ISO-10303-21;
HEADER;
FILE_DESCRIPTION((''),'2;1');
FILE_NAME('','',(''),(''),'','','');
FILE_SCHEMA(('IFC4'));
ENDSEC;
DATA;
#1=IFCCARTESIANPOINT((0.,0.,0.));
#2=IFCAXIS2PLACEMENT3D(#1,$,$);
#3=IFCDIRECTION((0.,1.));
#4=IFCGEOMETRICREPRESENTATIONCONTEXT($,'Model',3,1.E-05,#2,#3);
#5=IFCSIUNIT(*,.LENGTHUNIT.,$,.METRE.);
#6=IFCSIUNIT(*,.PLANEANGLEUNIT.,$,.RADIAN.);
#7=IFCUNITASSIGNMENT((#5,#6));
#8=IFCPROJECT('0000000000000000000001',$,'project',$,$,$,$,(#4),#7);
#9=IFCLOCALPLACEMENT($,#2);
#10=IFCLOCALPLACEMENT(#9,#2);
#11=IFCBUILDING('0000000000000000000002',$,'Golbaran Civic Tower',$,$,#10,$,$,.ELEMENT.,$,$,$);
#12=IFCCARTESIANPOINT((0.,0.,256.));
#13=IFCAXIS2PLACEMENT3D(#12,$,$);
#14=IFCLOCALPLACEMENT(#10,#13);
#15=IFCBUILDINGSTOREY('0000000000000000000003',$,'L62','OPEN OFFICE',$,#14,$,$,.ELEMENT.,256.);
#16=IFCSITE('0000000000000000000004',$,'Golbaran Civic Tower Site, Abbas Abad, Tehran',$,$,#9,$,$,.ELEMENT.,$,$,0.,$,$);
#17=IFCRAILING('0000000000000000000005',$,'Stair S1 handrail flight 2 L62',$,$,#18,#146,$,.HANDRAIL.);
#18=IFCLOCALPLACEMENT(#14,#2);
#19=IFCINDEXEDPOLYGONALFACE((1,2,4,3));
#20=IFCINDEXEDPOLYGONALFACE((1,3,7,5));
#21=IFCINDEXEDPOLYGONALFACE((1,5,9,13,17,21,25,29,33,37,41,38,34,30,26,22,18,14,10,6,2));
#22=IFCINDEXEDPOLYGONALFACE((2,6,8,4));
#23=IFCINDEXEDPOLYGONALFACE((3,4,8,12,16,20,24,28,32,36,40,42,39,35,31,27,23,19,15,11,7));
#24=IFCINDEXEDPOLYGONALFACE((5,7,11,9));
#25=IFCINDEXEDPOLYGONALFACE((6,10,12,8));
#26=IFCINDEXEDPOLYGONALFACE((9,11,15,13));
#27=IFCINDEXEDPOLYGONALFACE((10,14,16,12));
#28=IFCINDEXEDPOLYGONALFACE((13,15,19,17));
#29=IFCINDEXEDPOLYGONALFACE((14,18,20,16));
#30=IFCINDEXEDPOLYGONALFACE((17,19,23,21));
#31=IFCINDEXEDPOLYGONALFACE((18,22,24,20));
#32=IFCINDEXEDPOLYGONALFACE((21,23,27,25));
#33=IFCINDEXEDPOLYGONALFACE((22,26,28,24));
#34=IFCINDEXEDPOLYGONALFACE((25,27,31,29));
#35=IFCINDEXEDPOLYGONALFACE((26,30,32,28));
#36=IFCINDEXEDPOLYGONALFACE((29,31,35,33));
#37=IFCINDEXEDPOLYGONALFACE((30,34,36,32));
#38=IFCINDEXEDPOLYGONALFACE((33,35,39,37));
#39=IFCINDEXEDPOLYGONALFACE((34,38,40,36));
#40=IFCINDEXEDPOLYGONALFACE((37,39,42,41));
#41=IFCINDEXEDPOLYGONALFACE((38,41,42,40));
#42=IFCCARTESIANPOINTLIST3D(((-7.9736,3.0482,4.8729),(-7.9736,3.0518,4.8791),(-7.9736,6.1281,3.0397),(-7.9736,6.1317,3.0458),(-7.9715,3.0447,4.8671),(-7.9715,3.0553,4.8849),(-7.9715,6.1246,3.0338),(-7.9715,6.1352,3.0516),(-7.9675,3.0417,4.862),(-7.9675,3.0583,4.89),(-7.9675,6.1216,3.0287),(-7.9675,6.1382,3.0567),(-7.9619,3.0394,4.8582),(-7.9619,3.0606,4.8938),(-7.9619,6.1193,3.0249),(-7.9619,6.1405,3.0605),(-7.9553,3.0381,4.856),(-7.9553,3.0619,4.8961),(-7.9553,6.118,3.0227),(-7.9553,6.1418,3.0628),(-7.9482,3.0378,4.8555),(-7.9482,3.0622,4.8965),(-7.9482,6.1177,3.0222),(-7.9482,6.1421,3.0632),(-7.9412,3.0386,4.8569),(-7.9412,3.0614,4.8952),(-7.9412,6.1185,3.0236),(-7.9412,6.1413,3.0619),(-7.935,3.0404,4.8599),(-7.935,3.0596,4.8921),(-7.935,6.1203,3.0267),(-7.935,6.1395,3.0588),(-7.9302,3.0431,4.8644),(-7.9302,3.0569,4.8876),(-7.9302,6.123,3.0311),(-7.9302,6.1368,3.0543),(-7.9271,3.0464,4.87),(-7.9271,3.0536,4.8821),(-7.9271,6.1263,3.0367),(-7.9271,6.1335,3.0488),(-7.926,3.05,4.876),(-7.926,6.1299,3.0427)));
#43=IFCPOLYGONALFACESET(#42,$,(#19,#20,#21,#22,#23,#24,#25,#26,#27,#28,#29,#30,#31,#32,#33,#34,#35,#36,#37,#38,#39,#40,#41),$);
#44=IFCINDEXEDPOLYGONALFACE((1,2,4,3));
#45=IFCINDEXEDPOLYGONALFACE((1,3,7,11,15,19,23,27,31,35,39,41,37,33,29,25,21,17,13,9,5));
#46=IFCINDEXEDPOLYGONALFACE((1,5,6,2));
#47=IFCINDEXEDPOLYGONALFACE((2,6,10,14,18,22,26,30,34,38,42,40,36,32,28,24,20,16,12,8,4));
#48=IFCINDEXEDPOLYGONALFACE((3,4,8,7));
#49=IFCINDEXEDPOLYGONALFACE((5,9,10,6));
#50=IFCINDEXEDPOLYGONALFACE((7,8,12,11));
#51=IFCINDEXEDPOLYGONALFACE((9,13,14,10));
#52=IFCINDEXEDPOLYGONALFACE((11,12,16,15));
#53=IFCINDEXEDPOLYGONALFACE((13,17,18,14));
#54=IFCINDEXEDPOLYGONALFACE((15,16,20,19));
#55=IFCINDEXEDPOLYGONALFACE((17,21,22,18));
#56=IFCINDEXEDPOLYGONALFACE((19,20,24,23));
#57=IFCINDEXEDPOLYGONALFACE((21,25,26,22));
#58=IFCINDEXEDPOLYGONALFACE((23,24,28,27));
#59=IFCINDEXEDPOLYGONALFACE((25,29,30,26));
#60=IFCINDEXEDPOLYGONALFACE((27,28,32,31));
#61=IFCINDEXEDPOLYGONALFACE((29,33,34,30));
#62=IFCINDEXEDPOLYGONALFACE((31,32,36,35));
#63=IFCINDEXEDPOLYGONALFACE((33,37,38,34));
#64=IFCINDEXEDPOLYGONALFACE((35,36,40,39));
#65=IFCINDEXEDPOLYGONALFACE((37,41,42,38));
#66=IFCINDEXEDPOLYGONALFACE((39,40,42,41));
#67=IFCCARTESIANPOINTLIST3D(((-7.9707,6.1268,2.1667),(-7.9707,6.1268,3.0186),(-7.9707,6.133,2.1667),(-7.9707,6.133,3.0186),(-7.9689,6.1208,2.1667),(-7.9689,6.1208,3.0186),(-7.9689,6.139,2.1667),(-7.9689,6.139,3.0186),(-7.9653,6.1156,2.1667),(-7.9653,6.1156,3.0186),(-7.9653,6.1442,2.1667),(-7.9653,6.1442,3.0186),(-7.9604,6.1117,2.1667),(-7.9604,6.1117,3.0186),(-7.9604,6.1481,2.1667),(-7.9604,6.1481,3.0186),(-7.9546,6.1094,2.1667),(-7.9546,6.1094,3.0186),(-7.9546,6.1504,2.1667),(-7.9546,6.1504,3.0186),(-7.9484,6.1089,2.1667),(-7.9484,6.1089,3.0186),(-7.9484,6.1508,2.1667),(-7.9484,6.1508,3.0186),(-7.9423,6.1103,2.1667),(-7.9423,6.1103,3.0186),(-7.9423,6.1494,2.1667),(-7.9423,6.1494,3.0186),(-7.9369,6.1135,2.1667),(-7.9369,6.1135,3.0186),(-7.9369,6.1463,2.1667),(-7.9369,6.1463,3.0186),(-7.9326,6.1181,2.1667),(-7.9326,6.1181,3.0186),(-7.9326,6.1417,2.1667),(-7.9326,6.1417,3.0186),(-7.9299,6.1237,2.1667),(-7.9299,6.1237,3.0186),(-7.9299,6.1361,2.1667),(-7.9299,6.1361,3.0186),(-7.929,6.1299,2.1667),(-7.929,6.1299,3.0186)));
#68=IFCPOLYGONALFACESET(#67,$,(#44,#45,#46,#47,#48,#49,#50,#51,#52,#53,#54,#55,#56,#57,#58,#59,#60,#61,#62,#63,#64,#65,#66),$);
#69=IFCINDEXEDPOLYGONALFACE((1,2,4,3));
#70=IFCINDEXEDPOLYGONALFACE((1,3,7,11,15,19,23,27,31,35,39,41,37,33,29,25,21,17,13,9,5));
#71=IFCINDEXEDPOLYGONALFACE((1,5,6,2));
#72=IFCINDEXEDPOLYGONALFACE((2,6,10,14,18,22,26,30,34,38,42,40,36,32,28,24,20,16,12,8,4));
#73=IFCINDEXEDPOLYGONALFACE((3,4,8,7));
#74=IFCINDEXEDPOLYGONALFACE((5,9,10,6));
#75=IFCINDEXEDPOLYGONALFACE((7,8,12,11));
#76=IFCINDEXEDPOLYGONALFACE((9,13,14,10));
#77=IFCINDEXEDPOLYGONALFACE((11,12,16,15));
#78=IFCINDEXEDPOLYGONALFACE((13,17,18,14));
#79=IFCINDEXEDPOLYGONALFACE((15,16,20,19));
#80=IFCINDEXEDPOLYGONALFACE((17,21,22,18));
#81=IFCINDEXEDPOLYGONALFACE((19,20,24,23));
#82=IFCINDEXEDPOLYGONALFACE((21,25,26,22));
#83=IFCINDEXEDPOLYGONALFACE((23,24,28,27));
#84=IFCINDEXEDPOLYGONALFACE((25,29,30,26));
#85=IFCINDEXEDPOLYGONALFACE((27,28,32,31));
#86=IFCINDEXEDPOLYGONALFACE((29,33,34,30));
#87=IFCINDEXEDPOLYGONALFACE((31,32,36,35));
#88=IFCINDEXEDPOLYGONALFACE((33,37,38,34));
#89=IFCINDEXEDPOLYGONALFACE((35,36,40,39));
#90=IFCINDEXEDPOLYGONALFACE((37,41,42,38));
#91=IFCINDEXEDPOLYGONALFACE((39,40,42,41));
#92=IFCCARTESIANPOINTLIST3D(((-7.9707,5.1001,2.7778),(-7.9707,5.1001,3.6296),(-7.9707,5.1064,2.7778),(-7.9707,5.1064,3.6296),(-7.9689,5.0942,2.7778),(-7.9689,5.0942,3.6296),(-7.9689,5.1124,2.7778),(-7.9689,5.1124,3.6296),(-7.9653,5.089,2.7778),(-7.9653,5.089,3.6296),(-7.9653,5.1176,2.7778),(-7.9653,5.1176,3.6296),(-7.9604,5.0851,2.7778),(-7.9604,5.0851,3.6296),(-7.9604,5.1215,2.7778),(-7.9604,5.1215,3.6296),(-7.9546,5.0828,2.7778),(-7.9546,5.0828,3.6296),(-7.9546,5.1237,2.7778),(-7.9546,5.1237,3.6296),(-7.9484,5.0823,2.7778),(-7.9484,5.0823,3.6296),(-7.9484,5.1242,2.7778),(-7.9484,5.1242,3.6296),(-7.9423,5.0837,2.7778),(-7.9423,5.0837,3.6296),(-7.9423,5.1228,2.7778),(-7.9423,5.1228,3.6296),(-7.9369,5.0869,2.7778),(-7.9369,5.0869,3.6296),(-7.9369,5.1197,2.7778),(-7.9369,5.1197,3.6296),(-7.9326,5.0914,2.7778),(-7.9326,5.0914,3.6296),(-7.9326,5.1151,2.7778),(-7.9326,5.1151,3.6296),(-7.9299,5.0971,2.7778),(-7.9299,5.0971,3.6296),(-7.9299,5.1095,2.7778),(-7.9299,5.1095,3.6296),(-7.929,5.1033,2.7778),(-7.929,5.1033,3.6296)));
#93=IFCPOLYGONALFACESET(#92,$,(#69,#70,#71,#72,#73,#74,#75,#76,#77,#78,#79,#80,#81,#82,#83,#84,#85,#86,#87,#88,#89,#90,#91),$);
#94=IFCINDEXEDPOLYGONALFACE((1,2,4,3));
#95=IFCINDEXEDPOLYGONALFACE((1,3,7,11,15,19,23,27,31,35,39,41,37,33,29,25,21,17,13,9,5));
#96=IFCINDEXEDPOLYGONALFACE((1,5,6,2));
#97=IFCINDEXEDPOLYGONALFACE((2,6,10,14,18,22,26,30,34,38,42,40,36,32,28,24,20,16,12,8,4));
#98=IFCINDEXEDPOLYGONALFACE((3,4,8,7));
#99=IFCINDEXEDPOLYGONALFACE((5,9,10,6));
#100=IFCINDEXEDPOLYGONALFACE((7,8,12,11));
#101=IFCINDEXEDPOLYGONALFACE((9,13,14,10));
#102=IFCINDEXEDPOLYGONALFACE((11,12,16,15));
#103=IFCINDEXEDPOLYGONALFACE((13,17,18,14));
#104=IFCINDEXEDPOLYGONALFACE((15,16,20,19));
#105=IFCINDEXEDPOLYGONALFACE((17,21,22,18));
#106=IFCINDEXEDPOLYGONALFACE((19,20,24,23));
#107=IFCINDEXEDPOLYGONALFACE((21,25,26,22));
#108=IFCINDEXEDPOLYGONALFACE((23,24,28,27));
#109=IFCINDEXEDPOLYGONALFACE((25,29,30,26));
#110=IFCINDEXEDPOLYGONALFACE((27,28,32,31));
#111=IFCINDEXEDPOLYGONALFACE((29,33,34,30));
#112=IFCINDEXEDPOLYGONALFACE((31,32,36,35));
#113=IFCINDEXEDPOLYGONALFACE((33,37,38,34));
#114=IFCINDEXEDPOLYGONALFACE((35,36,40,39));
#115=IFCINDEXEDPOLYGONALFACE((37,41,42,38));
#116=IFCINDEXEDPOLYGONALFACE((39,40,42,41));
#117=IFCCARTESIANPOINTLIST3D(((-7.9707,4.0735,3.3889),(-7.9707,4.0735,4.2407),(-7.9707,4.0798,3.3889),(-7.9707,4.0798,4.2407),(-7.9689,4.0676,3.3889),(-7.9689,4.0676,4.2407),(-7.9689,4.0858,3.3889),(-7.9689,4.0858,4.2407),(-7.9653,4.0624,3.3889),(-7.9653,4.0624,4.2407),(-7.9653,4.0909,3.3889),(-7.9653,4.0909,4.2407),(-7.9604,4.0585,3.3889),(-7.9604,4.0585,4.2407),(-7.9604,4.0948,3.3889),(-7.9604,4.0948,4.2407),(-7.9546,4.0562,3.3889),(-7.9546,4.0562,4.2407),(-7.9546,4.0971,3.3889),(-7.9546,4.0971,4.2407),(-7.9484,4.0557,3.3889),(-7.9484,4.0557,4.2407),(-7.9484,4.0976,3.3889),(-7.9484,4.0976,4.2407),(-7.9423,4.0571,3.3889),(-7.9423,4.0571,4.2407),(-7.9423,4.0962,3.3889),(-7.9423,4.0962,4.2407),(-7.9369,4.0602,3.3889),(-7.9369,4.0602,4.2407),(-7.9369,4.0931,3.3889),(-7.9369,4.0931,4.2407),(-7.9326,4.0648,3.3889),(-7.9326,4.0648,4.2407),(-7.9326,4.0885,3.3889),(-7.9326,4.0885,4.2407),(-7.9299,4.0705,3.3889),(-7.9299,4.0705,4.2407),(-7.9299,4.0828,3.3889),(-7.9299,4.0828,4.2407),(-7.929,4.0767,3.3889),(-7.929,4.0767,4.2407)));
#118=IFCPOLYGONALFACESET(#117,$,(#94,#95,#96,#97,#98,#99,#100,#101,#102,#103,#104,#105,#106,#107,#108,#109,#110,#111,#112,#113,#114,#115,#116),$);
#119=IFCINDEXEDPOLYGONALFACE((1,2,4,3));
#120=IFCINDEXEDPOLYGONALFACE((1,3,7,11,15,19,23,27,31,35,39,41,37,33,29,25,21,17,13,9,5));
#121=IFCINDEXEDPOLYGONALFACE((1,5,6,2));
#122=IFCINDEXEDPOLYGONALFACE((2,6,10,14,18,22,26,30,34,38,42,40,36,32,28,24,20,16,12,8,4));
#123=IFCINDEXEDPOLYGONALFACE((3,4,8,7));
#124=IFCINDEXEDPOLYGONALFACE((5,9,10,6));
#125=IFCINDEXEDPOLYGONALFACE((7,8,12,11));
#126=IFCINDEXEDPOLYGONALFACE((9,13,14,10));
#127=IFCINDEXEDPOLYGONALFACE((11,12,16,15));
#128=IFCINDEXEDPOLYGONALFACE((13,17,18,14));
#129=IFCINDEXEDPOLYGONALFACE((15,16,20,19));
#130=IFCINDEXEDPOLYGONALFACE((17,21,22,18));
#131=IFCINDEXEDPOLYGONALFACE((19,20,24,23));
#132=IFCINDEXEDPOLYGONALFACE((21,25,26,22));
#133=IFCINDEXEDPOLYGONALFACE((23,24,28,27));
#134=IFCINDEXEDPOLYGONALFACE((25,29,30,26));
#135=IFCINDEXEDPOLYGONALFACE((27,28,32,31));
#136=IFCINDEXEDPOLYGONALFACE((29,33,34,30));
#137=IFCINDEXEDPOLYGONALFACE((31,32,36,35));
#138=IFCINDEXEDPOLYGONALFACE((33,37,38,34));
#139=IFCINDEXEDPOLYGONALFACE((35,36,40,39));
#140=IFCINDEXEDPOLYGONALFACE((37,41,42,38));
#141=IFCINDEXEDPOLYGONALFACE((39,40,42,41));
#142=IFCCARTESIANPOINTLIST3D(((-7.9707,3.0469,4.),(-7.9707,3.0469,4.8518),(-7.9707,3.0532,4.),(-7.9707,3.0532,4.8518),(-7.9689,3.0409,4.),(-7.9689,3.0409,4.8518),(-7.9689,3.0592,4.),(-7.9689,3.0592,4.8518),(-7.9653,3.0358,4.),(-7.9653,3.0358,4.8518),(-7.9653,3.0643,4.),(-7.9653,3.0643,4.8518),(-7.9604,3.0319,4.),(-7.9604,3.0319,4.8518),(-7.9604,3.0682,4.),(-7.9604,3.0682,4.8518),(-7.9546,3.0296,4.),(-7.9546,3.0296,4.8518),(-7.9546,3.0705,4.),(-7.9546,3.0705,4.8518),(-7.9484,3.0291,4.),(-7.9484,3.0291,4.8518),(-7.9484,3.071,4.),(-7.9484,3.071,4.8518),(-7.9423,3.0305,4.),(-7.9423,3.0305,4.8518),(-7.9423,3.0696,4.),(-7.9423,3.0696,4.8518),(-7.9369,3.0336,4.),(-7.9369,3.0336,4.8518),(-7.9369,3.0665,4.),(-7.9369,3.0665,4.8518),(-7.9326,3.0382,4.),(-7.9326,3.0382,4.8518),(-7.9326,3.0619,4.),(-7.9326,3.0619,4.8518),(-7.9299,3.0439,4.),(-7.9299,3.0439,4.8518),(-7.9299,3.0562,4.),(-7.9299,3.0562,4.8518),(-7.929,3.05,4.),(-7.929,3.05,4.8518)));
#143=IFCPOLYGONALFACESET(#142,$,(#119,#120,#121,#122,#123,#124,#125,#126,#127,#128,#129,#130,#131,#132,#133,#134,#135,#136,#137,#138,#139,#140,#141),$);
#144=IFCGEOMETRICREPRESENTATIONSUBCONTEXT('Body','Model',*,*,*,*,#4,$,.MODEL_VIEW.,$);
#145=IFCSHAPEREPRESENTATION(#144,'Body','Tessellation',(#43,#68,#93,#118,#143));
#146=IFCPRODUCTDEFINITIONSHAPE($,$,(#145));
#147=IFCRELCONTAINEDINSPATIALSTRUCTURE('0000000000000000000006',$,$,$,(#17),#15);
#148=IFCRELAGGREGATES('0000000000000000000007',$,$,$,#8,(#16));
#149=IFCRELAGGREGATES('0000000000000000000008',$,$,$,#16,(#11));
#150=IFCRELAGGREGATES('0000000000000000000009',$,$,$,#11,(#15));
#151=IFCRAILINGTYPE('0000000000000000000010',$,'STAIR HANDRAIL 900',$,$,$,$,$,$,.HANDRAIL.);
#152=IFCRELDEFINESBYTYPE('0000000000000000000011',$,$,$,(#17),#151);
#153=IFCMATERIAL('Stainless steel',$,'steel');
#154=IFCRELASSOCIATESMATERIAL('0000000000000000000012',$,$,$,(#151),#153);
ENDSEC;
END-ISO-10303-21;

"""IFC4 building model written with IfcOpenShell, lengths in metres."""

from ifc_helpers import new_model, si_unit, direction, frame, origin, origin_2d, place, context, subcontext, project, spatial, circle, extrude, material, type_object, element, save


model = new_model("IFC4")

# Units and contexts
model_context = context("Model", 3, precision=1e-05, world=origin(), true_north=direction((0.0, 1.0)))
body_context = subcontext(model_context, "Body", "Model", "MODEL_VIEW")
ifc_project = project(units=[si_unit("LENGTHUNIT", "METRE"), si_unit("PLANEANGLEUNIT", "RADIAN")], contexts=[model_context])

# Site, building, storey
site_placement = place(None, origin())
site = spatial("IfcSite", under=ifc_project, at=site_placement, Name="Golbaran Civic Tower Site, Abbas Abad, Tehran", CompositionType="ELEMENT", RefElevation=0.0)
building_placement = place(site_placement, origin())
building = spatial("IfcBuilding", under=site, at=building_placement, Name="Golbaran Civic Tower", CompositionType="ELEMENT")
storey_placement = place(building_placement, frame((0.0, 0.0, 256.0)))
storey = spatial("IfcBuildingStorey", under=building, at=storey_placement, Name="L62", Description="OPEN OFFICE", CompositionType="ELEMENT", Elevation=256.0)

# Shared definitions
ifc_material_1 = material(Name="Stainless steel", Category="steel")

# Railing
railing_type = type_object("IfcRailingType", Name="STAIR HANDRAIL 900", PredefinedType="HANDRAIL", material=ifc_material_1)
railing_1_placement = place(storey_placement, frame((-7.95, 6.1299, 2.1667)))
element("IfcRailing", 1, at=railing_1_placement, inside=storey, type_object=railing_type, Name="Stair S1 handrail flight 2 L62", PredefinedType="HANDRAIL", context=body_context, shape_type="SweptSolid", body=[
    extrude(circle(Radius=0.0239, at=origin_2d()), frame((0.0, 0.0, 0.876), z_axis=(0.0, -0.859291, 0.511487), x_axis=(1.0, 0.0, 0.0)), (0.0, 0.0, 1.0), 3.5842),
    extrude(circle(Radius=0.021, at=origin_2d()), origin(), (0.0, 0.0, 1.0), 0.8518),
    extrude(circle(Radius=0.021, at=origin_2d()), frame((0.0, -1.0266, 0.6111)), (0.0, 0.0, 1.0), 0.8518),
    extrude(circle(Radius=0.021, at=origin_2d()), frame((0.0, -2.0532, 1.2222)), (0.0, 0.0, 1.0), 0.8518),
    extrude(circle(Radius=0.021, at=origin_2d()), frame((0.0, -3.0798, 1.8333)), (0.0, 0.0, 1.0), 0.8518),
])

save(model, "model.ifc")
